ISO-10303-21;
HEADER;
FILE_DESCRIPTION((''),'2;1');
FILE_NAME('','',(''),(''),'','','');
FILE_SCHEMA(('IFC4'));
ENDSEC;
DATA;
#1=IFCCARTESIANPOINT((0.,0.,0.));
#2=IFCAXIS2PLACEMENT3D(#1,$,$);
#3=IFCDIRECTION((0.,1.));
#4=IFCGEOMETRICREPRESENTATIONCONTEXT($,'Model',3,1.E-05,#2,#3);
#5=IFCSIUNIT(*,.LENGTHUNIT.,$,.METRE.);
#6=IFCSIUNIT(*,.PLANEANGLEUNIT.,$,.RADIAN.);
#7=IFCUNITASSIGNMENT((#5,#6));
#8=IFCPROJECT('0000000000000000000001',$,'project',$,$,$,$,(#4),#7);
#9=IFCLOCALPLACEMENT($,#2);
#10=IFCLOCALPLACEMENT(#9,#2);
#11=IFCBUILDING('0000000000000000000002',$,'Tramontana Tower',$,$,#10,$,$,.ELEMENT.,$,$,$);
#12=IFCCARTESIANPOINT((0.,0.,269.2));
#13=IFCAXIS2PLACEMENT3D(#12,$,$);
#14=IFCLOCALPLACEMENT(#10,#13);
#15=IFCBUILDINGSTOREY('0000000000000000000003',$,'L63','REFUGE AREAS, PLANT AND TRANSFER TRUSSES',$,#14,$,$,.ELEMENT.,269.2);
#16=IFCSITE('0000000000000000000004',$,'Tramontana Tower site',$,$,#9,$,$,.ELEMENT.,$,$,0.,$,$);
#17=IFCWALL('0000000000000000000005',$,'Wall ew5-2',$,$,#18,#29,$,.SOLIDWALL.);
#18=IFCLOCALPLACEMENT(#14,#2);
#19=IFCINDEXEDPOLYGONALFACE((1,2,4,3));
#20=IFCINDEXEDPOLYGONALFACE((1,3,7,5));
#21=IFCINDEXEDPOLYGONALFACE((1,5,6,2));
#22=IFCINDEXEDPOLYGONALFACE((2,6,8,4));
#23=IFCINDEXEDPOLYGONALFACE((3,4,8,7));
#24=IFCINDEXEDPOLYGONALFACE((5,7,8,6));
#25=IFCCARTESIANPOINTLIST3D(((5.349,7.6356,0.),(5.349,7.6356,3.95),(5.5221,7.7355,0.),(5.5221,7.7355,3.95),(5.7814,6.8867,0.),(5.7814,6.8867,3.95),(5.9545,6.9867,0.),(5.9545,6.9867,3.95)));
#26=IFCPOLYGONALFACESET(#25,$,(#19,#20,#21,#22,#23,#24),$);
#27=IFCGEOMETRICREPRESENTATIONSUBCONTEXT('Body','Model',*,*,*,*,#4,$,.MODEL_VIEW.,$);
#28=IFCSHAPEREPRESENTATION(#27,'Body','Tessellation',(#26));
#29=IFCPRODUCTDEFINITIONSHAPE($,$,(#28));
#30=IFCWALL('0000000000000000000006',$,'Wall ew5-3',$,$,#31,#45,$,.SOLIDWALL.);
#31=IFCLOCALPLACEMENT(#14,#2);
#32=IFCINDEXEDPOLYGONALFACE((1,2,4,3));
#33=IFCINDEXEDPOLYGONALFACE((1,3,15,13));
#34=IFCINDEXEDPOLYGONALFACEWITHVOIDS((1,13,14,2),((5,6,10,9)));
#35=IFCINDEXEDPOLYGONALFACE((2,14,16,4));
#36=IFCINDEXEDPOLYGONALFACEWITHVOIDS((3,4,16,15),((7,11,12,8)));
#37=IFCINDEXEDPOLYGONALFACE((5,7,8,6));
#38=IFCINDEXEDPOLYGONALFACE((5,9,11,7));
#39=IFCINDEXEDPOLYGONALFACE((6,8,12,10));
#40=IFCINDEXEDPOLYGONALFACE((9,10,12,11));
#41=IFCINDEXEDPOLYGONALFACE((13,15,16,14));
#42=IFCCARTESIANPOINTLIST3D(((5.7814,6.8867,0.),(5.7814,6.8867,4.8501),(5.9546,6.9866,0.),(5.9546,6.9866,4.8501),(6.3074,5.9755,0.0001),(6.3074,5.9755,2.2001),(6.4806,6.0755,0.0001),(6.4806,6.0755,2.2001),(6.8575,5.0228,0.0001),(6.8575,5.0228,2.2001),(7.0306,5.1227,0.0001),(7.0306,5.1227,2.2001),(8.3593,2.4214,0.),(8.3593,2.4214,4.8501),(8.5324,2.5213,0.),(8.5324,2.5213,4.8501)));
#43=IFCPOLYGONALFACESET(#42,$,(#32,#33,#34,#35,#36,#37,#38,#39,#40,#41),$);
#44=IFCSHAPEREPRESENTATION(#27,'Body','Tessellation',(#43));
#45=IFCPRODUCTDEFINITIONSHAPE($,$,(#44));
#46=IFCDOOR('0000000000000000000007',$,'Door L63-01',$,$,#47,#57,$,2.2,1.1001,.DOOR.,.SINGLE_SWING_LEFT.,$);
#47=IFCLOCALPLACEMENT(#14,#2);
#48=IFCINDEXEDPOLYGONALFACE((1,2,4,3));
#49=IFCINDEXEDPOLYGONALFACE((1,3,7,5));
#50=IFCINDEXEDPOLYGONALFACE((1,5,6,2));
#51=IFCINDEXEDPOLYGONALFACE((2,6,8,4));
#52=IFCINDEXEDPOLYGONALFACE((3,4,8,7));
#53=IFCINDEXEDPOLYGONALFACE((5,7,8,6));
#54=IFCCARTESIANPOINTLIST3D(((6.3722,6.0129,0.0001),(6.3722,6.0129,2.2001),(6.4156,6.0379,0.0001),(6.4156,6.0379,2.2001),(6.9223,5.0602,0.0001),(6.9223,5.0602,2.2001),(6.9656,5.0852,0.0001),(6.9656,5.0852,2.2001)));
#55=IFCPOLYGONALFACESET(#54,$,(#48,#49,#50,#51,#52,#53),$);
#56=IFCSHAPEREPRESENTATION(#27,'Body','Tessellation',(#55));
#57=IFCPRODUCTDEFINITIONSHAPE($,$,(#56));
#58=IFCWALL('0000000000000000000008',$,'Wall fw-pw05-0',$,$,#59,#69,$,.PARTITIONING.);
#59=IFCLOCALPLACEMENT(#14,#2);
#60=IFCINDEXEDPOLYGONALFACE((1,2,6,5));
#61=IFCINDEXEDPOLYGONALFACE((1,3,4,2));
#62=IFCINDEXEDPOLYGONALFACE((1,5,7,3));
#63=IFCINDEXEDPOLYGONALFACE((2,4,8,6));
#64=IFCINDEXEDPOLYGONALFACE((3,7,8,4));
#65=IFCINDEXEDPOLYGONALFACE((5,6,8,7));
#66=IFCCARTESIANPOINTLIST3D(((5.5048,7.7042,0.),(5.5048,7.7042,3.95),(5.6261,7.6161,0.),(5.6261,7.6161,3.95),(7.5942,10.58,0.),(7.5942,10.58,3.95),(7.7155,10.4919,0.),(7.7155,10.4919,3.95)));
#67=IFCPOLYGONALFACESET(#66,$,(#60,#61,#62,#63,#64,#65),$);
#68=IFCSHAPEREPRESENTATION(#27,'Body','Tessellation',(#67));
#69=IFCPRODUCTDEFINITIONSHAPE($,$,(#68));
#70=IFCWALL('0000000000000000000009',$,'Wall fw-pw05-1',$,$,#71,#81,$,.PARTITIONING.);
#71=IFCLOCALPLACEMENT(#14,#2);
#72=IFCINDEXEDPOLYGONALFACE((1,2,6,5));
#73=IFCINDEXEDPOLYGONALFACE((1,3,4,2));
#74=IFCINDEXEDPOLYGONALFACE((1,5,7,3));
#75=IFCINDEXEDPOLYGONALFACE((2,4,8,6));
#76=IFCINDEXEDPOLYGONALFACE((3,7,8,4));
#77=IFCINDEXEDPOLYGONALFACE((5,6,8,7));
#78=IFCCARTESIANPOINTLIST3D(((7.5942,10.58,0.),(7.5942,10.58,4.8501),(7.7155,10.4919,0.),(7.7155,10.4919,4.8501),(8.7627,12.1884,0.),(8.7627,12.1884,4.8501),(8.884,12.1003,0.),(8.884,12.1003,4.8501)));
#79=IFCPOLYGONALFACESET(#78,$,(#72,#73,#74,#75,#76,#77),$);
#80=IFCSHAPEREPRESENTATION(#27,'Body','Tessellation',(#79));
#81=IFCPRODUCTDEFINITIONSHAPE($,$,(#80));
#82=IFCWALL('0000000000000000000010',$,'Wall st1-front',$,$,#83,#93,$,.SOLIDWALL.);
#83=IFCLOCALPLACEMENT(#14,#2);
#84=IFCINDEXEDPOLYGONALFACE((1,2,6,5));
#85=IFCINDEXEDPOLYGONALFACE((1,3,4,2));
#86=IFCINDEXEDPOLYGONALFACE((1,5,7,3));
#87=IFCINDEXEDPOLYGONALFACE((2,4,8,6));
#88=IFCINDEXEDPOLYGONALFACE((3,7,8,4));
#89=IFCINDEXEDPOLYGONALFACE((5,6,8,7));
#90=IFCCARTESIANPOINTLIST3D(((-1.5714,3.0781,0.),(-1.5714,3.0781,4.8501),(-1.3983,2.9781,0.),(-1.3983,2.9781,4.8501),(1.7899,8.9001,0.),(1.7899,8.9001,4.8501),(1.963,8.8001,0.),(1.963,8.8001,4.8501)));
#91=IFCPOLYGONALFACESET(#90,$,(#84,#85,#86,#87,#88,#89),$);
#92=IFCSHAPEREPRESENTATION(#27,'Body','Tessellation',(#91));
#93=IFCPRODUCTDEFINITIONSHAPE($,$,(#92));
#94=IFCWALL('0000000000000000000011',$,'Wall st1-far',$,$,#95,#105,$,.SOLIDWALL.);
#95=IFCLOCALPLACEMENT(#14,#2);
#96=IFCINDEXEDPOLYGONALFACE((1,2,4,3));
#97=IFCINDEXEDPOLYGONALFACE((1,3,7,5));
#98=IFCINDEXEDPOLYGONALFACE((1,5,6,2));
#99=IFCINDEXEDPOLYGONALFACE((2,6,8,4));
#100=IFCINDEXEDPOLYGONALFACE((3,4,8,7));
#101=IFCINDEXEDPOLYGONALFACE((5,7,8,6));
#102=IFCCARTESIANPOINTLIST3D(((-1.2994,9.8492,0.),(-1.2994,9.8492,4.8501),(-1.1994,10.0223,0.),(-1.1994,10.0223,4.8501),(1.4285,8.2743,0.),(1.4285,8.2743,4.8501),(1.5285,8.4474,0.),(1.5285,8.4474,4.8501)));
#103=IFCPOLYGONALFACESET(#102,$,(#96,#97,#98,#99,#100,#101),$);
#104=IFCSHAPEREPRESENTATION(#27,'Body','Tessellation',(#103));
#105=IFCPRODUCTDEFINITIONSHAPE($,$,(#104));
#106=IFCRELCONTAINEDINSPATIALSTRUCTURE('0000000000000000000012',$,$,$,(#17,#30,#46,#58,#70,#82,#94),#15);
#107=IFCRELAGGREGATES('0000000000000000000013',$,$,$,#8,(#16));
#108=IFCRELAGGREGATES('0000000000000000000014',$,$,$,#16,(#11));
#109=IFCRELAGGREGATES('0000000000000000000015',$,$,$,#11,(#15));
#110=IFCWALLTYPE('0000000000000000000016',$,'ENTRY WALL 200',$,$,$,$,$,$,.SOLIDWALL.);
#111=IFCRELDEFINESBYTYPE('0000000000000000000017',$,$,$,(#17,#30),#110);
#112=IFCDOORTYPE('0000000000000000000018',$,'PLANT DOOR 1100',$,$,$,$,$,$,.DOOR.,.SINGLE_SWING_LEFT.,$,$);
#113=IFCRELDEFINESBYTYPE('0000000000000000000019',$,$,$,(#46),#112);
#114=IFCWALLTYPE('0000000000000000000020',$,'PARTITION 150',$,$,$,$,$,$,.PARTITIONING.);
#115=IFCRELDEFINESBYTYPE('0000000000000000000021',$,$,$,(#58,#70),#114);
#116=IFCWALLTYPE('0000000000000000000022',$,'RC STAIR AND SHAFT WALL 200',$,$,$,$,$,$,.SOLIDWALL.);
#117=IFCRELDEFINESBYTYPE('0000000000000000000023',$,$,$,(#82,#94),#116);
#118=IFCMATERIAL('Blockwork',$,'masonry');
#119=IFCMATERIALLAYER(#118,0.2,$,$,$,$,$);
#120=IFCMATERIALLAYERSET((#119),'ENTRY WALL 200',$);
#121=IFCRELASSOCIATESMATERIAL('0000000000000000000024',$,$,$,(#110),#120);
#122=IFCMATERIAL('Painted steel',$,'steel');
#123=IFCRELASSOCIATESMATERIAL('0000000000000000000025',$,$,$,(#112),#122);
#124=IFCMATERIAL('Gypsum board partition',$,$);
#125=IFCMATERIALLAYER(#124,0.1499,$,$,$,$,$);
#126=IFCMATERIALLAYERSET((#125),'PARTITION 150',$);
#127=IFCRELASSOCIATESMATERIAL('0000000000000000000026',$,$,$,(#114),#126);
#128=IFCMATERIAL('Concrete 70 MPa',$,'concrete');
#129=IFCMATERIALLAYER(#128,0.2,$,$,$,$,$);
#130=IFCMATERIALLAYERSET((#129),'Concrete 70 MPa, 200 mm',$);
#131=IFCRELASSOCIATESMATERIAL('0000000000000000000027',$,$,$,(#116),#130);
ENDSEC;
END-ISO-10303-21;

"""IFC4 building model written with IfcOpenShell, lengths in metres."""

from ifc_helpers import new_model, si_unit, direction, frame, frame_2d, origin, place, context, subcontext, project, spatial, rectangle, extrude, material, layer, layer_set, type_object, element, fill, save


model = new_model("IFC4")

# Units and contexts
model_context = context("Model", 3, precision=1e-05, world=origin(), true_north=direction((0.0, 1.0)))
body_context = subcontext(model_context, "Body", "Model", "MODEL_VIEW")
ifc_project = project(units=[si_unit("LENGTHUNIT", "METRE"), si_unit("PLANEANGLEUNIT", "RADIAN")], contexts=[model_context])

# Site, building, storey
site_placement = place(None, origin())
site = spatial("IfcSite", under=ifc_project, at=site_placement, Name="Tramontana Tower site", CompositionType="ELEMENT", RefElevation=0.0)
building_placement = place(site_placement, origin())
building = spatial("IfcBuilding", under=site, at=building_placement, Name="Tramontana Tower", CompositionType="ELEMENT")
storey_placement = place(building_placement, frame((0.0, 0.0, 269.2)))
storey = spatial("IfcBuildingStorey", under=building, at=storey_placement, Name="L63", Description="REFUGE AREAS, PLANT AND TRANSFER TRUSSES", CompositionType="ELEMENT", Elevation=269.2)

# Shared definitions
ifc_material_1 = material(Name="Blockwork", Category="masonry")
ifc_layer_1 = layer(ifc_material_1, 0.2)
ifc_layer_set_1 = layer_set([ifc_layer_1], Name="ENTRY WALL 200")
wall_type_1 = type_object("IfcWallType", Name="ENTRY WALL 200", PredefinedType="SOLIDWALL", material=ifc_layer_set_1)

# Shared definitions
ifc_material_2 = material(Name="Painted steel", Category="steel")
door_type = type_object("IfcDoorType", Name="PLANT DOOR 1100", OperationType="SINGLE_SWING_LEFT", PredefinedType="DOOR", material=ifc_material_2)

# Wall
wall_1_placement = place(storey_placement, frame((5.4355, 7.6855, 0.0), z_axis=(0.0, 0.0, 1.0), x_axis=(0.500056, -0.865993, 0.0)))
element("IfcWall", 1, at=wall_1_placement, inside=storey, type_object=wall_type_1, Name="Wall ew5-2", PredefinedType="SOLIDWALL", context=body_context, shape_type="SweptSolid", body=[
    extrude(rectangle(XDim=0.8647, YDim=0.2, at=frame_2d((0.4324, 0.0))), origin(), (0.0, 0.0, 1.0), 3.95),
])

# Wall, opening, door
wall_2_placement = place(storey_placement, frame((5.8679, 6.9368, 0.0), z_axis=(0.0, 0.0, 1.0), x_axis=(0.499974, -0.866041, 0.0)))
wall_2 = element("IfcWall", 2, at=wall_2_placement, inside=storey, type_object=wall_type_1, Name="Wall ew5-3", PredefinedType="SOLIDWALL", context=body_context, shape_type="SweptSolid", body=[
    extrude(rectangle(XDim=5.156, YDim=0.2, at=frame_2d((2.5781, 0.0))), origin(), (0.0, 0.0, 1.0), 4.8501),
])
opening_1_placement = place(wall_2_placement, frame((1.0522, 0.0, 0.0)))
opening_1 = element("IfcOpeningElement", 3, at=opening_1_placement, cuts=wall_2, PredefinedType="OPENING", context=body_context, shape_type="SweptSolid", body=[
    extrude(rectangle(XDim=1.1001, YDim=2.2, at=frame_2d((0.55, 1.1001))), frame((0.0, 0.1099, 0.0), z_axis=(0.0, -1.0, 0.0), x_axis=(1.0, 0.0, 0.0)), (0.0, 0.0, 1.0), 0.22),
])
door_1_placement = place(opening_1_placement, origin())
door_1 = element("IfcDoor", 4, at=door_1_placement, inside=storey, type_object=door_type, Name="Door L63-01", OperationType="SINGLE_SWING_LEFT", OverallHeight=2.2, OverallWidth=1.1001, PredefinedType="DOOR", context=body_context, shape_type="SweptSolid", body=[
    extrude(rectangle(XDim=1.1001, YDim=2.2, at=frame_2d((0.55, 1.1001))), frame((0.0, 0.0249, 0.0), z_axis=(0.0, -1.0, 0.0), x_axis=(1.0, 0.0, 0.0)), (0.0, 0.0, 1.0), 0.05),
])
fill(opening_1, door_1)

# Walls
ifc_material_3 = material(Name="Gypsum board partition")
ifc_layer_2 = layer(ifc_material_3, 0.1499)
ifc_layer_set_2 = layer_set([ifc_layer_2], Name="PARTITION 150")
wall_type_2 = type_object("IfcWallType", Name="PARTITION 150", PredefinedType="PARTITIONING", material=ifc_layer_set_2)
wall_3_placement = place(storey_placement, frame((5.5654, 7.6602, 0.0), z_axis=(0.0, 0.0, 1.0), x_axis=(0.587788, 0.809015, 0.0)))
element("IfcWall", 5, at=wall_3_placement, inside=storey, type_object=wall_type_2, Name="Wall fw-pw05-0", PredefinedType="PARTITIONING", context=body_context, shape_type="SweptSolid", body=[
    extrude(rectangle(XDim=3.5547, YDim=0.1499, at=frame_2d((1.7773, 0.0))), origin(), (0.0, 0.0, 1.0), 3.95),
])
wall_4_placement = place(storey_placement, frame((7.6548, 10.5359, 0.0), z_axis=(0.0, 0.0, 1.0), x_axis=(0.587748, 0.809044, 0.0)))
element("IfcWall", 6, at=wall_4_placement, inside=storey, type_object=wall_type_2, Name="Wall fw-pw05-1", PredefinedType="PARTITIONING", context=body_context, shape_type="SweptSolid", body=[
    extrude(rectangle(XDim=1.988, YDim=0.1499, at=frame_2d((0.9941, 0.0))), origin(), (0.0, 0.0, 1.0), 4.8501),
])
ifc_material_4 = material(Name="Concrete 70 MPa", Category="concrete")
ifc_layer_3 = layer(ifc_material_4, 0.2)
ifc_layer_set_3 = layer_set([ifc_layer_3], Name="Concrete 70 MPa, 200 mm")
wall_type_3 = type_object("IfcWallType", Name="RC STAIR AND SHAFT WALL 200", PredefinedType="SOLIDWALL", material=ifc_layer_set_3)
wall_5_placement = place(storey_placement, frame((1.8765, 8.8501, 0.0), z_axis=(0.0, 0.0, 1.0), x_axis=(-0.499998, -0.866027, 0.0)))
element("IfcWall", 7, at=wall_5_placement, inside=storey, type_object=wall_type_3, Name="Wall st1-front", PredefinedType="SOLIDWALL", context=body_context, shape_type="SweptSolid", body=[
    extrude(rectangle(XDim=6.7227, YDim=0.2, at=frame_2d((3.3613, 0.0))), origin(), (0.0, 0.0, 1.0), 4.8501),
])
wall_6_placement = place(storey_placement, frame((1.4785, 8.3608, 0.0), z_axis=(0.0, 0.0, 1.0), x_axis=(-0.866036, 0.499982, 0.0)))
element("IfcWall", 8, at=wall_6_placement, inside=storey, type_object=wall_type_3, Name="Wall st1-far", PredefinedType="SOLIDWALL", context=body_context, shape_type="SweptSolid", body=[
    extrude(rectangle(XDim=3.1499, YDim=0.2, at=frame_2d((1.575, 0.0))), origin(), (0.0, 0.0, 1.0), 4.8501),
])

save(model, "model.ifc")
